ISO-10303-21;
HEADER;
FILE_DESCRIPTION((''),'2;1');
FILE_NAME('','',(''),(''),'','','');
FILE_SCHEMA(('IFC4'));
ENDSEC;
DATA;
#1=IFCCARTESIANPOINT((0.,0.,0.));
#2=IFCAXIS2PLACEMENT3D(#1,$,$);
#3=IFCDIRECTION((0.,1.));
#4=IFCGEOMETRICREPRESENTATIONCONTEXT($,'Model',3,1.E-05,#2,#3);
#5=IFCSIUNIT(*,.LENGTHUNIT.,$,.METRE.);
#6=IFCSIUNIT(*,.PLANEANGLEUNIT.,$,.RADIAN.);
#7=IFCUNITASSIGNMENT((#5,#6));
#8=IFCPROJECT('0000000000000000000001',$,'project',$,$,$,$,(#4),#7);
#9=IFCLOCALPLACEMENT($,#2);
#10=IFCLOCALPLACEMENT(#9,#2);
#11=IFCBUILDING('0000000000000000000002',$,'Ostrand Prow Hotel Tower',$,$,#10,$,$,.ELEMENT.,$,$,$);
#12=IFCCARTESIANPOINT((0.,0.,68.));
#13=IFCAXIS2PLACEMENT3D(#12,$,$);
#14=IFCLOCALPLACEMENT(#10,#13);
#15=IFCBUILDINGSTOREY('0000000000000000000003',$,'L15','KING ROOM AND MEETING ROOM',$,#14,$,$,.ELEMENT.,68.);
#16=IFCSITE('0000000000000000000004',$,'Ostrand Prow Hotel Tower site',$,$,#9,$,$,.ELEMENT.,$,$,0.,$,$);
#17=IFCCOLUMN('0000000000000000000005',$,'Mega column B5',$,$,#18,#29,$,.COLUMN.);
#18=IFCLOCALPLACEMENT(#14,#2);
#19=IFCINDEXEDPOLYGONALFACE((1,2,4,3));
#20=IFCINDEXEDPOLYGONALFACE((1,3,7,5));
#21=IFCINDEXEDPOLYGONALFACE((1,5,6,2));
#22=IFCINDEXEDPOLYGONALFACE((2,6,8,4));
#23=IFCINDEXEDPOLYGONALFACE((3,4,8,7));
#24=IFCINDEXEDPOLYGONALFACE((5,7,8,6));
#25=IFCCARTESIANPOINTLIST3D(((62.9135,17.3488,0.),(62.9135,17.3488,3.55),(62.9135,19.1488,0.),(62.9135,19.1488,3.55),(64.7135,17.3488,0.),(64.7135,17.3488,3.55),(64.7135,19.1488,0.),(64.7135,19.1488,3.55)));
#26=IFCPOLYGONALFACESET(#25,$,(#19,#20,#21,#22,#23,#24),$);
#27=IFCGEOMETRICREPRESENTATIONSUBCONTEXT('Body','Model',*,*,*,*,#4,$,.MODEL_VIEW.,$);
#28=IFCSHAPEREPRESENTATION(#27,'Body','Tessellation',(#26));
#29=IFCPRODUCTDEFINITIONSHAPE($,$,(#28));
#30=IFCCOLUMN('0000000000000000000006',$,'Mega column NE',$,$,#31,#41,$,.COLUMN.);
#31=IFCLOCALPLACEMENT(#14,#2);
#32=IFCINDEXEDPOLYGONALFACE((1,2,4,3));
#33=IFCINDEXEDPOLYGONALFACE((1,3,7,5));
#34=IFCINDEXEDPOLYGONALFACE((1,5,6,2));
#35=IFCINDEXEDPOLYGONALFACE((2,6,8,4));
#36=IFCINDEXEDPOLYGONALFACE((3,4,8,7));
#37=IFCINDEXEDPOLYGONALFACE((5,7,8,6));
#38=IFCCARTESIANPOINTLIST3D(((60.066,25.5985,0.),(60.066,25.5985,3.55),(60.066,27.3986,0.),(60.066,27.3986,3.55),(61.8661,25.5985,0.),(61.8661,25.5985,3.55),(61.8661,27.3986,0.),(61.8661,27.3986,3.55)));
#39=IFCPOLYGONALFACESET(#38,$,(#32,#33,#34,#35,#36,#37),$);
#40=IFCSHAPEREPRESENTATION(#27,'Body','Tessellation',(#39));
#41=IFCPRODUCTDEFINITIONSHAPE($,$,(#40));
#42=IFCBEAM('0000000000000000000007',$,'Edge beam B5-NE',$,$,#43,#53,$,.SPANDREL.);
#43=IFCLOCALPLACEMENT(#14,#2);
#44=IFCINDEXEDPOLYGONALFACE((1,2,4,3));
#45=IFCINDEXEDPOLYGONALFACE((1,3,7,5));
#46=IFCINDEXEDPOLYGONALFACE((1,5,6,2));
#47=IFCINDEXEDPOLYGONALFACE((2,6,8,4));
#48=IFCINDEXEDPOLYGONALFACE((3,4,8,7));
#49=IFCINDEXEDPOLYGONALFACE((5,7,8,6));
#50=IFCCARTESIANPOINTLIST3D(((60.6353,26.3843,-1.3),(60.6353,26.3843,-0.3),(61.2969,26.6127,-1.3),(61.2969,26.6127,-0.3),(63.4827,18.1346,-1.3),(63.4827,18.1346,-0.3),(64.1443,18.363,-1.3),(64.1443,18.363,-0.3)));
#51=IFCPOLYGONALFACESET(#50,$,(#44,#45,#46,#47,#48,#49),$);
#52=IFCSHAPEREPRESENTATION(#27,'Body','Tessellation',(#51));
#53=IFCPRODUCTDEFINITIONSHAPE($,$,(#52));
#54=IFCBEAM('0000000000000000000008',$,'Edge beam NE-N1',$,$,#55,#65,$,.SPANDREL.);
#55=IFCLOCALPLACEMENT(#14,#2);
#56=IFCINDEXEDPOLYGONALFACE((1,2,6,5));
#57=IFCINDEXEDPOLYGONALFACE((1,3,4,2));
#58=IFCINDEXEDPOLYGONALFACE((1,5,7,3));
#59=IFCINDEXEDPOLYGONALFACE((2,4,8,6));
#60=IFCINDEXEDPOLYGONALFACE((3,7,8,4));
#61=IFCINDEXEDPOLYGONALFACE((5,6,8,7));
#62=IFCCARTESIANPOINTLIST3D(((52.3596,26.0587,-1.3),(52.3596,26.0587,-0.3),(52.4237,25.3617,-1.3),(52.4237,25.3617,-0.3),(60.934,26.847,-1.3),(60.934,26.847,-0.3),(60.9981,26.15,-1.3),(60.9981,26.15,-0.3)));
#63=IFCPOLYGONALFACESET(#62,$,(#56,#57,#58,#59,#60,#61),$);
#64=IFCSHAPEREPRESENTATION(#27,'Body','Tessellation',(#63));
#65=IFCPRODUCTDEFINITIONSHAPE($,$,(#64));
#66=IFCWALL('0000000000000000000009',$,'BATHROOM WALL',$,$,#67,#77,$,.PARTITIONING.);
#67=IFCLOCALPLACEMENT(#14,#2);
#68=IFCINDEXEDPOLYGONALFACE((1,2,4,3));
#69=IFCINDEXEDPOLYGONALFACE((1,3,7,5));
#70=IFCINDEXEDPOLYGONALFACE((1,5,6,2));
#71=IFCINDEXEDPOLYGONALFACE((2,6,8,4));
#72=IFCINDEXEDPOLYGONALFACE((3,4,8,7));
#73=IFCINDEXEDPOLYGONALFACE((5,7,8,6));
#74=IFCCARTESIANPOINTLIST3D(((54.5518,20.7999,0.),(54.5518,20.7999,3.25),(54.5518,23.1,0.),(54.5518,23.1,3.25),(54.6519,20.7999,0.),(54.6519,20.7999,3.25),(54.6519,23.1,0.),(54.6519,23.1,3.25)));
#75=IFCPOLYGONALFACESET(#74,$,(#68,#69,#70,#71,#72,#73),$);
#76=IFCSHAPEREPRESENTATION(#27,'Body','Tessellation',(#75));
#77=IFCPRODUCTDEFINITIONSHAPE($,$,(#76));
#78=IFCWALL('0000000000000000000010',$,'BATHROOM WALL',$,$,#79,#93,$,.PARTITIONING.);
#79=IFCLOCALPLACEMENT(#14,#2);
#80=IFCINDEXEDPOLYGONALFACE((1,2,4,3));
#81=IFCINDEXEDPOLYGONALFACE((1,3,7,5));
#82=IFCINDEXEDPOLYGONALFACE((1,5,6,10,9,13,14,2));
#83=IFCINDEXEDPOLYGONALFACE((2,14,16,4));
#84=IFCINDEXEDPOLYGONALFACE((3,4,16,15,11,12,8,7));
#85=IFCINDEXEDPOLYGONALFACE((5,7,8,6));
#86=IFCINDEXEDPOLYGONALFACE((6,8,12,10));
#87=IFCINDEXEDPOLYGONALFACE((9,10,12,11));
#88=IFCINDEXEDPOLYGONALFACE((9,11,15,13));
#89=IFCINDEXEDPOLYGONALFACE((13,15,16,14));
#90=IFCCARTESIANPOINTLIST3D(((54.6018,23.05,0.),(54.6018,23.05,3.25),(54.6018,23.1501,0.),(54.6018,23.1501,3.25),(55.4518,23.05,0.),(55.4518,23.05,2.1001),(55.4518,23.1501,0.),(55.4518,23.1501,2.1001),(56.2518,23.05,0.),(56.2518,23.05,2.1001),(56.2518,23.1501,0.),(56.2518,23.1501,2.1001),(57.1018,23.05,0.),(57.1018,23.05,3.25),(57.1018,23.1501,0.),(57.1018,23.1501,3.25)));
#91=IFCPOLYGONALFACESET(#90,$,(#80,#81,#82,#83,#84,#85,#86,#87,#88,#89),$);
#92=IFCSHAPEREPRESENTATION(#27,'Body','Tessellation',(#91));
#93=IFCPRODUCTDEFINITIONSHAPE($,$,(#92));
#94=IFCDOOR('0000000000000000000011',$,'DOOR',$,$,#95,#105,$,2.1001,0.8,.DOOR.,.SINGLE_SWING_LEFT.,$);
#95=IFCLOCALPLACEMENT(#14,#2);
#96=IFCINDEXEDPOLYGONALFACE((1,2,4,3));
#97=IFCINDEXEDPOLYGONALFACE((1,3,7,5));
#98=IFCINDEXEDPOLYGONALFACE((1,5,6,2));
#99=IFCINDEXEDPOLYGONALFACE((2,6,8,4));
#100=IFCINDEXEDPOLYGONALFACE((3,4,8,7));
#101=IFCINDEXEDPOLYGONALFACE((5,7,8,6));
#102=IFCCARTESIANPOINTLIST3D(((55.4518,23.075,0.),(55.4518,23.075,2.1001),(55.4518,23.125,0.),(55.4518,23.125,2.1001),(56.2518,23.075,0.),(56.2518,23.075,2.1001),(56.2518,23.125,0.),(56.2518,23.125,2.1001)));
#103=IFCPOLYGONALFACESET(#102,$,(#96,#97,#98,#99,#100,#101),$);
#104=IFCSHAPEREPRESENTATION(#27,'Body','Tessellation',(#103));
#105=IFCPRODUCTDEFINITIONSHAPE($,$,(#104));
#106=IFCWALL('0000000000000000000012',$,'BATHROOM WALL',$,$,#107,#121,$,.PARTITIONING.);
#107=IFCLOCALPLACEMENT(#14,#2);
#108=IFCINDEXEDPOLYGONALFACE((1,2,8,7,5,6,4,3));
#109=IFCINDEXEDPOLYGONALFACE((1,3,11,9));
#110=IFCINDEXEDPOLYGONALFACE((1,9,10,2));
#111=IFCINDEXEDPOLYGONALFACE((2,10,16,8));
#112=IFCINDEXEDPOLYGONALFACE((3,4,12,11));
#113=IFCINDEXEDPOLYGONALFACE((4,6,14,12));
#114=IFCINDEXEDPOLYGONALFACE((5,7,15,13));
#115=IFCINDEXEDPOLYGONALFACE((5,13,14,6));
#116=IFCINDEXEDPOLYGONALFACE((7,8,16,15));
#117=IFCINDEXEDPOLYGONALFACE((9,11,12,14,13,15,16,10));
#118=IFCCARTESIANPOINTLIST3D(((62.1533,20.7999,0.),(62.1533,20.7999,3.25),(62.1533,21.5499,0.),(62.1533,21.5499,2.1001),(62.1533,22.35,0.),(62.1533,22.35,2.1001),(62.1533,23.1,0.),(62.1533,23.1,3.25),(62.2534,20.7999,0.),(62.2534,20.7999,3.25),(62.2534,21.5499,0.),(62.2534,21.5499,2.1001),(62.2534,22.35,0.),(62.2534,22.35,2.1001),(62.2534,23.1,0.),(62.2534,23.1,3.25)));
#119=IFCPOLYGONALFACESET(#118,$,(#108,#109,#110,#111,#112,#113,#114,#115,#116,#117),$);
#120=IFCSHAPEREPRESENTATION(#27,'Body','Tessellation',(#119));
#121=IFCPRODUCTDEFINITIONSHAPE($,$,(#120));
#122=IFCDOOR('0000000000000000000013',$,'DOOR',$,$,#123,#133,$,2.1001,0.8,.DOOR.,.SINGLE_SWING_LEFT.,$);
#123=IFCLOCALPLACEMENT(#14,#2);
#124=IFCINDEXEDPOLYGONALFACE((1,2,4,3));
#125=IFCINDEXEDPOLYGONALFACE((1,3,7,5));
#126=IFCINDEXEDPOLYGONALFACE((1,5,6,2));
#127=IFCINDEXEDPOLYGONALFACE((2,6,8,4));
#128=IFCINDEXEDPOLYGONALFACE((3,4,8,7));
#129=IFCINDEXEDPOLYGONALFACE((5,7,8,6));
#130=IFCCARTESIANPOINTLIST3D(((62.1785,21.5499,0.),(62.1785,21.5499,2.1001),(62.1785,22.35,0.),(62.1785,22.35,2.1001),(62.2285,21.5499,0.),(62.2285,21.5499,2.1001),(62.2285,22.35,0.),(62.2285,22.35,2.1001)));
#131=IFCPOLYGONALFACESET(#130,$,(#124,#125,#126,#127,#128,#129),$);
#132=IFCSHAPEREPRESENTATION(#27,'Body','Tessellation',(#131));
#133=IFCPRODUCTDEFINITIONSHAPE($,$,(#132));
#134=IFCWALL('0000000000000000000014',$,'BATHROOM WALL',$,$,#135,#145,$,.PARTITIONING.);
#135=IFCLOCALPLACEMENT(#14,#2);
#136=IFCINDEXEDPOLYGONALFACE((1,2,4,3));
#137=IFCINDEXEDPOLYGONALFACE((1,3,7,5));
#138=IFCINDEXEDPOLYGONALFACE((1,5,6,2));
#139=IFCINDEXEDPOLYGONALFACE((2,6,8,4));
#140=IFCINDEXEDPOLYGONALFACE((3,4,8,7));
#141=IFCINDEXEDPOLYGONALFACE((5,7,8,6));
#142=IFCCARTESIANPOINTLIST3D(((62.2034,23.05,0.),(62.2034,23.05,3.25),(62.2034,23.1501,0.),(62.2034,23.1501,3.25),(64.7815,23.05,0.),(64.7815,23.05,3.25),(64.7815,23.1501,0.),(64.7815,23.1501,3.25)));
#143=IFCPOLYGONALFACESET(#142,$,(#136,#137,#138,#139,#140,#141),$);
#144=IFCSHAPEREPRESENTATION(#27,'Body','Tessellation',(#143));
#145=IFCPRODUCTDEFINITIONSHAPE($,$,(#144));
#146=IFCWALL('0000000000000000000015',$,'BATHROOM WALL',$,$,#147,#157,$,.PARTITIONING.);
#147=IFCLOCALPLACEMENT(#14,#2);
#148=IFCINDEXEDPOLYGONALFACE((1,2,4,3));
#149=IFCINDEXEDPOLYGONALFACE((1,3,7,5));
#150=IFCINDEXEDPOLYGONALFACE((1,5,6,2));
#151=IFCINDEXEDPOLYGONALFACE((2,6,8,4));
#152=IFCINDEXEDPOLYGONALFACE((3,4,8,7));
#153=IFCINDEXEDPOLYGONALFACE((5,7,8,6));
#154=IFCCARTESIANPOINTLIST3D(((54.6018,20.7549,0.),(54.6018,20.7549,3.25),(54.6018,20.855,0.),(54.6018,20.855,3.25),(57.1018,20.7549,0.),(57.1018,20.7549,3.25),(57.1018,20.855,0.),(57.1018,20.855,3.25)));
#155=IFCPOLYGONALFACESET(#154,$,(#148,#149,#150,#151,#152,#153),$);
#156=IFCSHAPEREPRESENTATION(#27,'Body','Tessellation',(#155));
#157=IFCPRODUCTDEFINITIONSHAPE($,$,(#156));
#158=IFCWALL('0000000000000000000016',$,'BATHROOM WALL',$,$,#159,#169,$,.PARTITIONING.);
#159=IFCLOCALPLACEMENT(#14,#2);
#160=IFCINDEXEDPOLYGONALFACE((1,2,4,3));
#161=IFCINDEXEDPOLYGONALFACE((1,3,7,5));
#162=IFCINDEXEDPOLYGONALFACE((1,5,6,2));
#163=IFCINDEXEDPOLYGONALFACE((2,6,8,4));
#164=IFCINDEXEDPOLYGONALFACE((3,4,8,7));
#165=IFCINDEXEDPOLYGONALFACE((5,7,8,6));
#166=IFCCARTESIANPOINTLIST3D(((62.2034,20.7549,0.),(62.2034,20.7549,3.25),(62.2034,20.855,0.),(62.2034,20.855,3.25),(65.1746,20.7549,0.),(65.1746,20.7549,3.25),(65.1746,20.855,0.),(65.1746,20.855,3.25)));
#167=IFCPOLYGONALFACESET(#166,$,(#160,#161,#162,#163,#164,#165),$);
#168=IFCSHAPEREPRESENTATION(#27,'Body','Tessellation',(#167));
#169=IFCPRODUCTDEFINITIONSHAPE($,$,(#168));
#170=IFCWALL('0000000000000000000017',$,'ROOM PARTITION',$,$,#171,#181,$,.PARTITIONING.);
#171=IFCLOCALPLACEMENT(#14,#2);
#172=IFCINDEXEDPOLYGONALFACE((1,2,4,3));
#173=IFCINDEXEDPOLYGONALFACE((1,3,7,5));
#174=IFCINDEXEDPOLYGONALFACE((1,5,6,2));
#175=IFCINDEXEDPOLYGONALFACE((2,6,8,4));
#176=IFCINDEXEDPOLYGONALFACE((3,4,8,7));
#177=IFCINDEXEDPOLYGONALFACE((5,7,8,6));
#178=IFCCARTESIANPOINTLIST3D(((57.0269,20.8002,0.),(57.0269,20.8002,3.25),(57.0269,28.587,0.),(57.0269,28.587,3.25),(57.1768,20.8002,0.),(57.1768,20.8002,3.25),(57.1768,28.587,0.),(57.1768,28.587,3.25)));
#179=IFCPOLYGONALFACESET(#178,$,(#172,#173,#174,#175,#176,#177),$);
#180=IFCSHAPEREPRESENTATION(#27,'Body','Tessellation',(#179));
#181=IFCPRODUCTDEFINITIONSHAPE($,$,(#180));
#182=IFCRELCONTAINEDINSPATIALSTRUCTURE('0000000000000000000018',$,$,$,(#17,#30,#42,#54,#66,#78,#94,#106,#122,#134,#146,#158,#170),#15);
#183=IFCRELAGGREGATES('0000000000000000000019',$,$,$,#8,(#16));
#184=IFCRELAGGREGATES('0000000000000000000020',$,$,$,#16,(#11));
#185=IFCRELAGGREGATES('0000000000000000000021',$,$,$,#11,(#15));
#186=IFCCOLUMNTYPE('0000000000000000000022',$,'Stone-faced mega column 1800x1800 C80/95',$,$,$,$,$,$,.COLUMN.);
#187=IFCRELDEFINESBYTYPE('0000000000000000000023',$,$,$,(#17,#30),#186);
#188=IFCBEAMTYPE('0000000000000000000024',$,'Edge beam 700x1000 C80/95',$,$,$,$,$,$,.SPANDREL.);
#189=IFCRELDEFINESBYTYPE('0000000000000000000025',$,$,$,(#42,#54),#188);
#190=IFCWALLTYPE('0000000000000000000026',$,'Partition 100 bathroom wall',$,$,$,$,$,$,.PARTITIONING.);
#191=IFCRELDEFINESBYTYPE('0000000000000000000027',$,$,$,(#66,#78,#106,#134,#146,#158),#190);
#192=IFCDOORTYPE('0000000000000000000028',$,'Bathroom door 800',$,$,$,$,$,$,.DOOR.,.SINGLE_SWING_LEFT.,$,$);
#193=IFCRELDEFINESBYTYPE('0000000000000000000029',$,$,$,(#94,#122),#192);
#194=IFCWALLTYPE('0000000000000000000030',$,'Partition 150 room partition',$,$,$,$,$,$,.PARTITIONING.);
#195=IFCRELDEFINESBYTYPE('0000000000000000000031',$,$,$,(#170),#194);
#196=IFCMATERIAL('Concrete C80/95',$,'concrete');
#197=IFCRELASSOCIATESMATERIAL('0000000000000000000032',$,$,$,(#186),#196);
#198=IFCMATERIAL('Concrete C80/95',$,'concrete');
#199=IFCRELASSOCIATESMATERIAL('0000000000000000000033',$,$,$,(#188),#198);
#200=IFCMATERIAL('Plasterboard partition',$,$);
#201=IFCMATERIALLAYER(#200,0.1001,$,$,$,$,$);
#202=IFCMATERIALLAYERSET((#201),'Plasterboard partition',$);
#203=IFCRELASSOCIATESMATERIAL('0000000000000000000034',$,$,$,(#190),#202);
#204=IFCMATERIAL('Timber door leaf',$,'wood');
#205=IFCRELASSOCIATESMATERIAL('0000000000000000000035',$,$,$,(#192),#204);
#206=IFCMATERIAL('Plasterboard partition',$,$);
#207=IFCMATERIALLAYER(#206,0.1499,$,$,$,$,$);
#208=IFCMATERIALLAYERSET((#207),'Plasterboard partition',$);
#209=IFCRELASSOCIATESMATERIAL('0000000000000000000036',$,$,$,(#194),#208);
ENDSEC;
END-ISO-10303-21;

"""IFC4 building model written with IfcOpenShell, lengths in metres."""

from ifc_helpers import new_model, si_unit, direction, frame, frame_2d, origin, origin_2d, place, context, subcontext, project, spatial, rectangle, extrude, material, layer, layer_set, material_profile, profile_set, type_object, element, fill, save


model = new_model("IFC4")

# Units and contexts
model_context = context("Model", 3, precision=1e-05, world=origin(), true_north=direction((0.0, 1.0)))
body_context = subcontext(model_context, "Body", "Model", "MODEL_VIEW")
ifc_project = project(units=[si_unit("LENGTHUNIT", "METRE"), si_unit("PLANEANGLEUNIT", "RADIAN")], contexts=[model_context])

# Site, building, storey
site_placement = place(None, origin())
site = spatial("IfcSite", under=ifc_project, at=site_placement, Name="Ostrand Prow Hotel Tower site", CompositionType="ELEMENT", RefElevation=0.0)
building_placement = place(site_placement, origin())
building = spatial("IfcBuilding", under=site, at=building_placement, Name="Ostrand Prow Hotel Tower", CompositionType="ELEMENT")
storey_placement = place(building_placement, frame((0.0, 0.0, 68.0)))
storey = spatial("IfcBuildingStorey", under=building, at=storey_placement, Name="L15", Description="KING ROOM AND MEETING ROOM", CompositionType="ELEMENT", Elevation=68.0)

# Columns
ifc_material_1 = material(Name="Concrete C80/95", Category="concrete")
ifc_material_profile_1 = material_profile(ifc_material_1, rectangle(XDim=1.8, YDim=1.8, at=origin_2d()), Name="RC 1800x1800")
ifc_profile_set_1 = profile_set([ifc_material_profile_1], Name="Concrete C80/95")
column_type = type_object("IfcColumnType", Name="Stone-faced mega column 1800x1800 C80/95", PredefinedType="COLUMN", material=ifc_profile_set_1)
for number, where, z_axis, x_axis, name in (
    (1, (63.8135, 18.2488, 0.0), (0.0, 0.0, 1.0), (1.0, 0.0, 0.0), "Mega column B5"),
    (2, (60.9661, 26.4985, 0.0), (0.0, 0.0, 1.0), (1.0, 0.0, 0.0), "Mega column NE"),
):
    element("IfcColumn", number, at=place(storey_placement, frame(where, z_axis=z_axis, x_axis=x_axis)), inside=storey, type_object=column_type, Name=name, PredefinedType="COLUMN", context=body_context, shape_type="SweptSolid", body=[
        extrude(rectangle(XDim=1.8, YDim=1.8, at=origin_2d()), origin(), (0.0, 0.0, 1.0), 3.55),
    ])

# Beams
ifc_material_2 = material(Name="Concrete C80/95", Category="concrete")
ifc_material_profile_2 = material_profile(ifc_material_2, rectangle(XDim=0.7, YDim=1.0, at=origin_2d()), Name="RC 700x1000")
ifc_profile_set_2 = profile_set([ifc_material_profile_2], Name="Concrete C80/95")
beam_type = type_object("IfcBeamType", Name="Edge beam 700x1000 C80/95", PredefinedType="SPANDREL", material=ifc_profile_set_2)
beam_1_placement = place(storey_placement, frame((63.8135, 18.2488, -0.8), z_axis=(-0.326264, 0.945279, 0.0), x_axis=(-0.945279, -0.326264, 0.0)))
element("IfcBeam", 3, at=beam_1_placement, inside=storey, type_object=beam_type, Name="Edge beam B5-NE", PredefinedType="SPANDREL", context=body_context, shape_type="SweptSolid", body=[
    extrude(rectangle(XDim=0.7, YDim=1.0, at=origin_2d()), origin(), (0.0, 0.0, 1.0), 8.7273),
])
beam_2_placement = place(storey_placement, frame((60.9661, 26.4985, -0.8), z_axis=(-0.9958, -0.091553, 0.0), x_axis=(0.091553, -0.9958, 0.0)))
element("IfcBeam", 4, at=beam_2_placement, inside=storey, type_object=beam_type, Name="Edge beam NE-N1", PredefinedType="SPANDREL", context=body_context, shape_type="SweptSolid", body=[
    extrude(rectangle(XDim=0.7, YDim=1.0, at=origin_2d()), origin(), (0.0, 0.0, 1.0), 8.6106),
])

# Wall
ifc_material_3 = material(Name="Plasterboard partition")
ifc_layer_1 = layer(ifc_material_3, 0.1001)
ifc_layer_set_1 = layer_set([ifc_layer_1], Name="Plasterboard partition")
wall_type_1 = type_object("IfcWallType", Name="Partition 100 bathroom wall", PredefinedType="PARTITIONING", material=ifc_layer_set_1)
wall_1_placement = place(storey_placement, frame((54.6018, 20.8, 0.0), z_axis=(0.0, 0.0, 1.0), x_axis=(0.0, 1.0, 0.0)))
element("IfcWall", 5, at=wall_1_placement, inside=storey, type_object=wall_type_1, Name="BATHROOM WALL", PredefinedType="PARTITIONING", context=body_context, shape_type="SweptSolid", body=[
    extrude(rectangle(XDim=2.3, YDim=0.1001, at=frame_2d((1.1499, 0.0))), origin(), (0.0, 0.0, 1.0), 3.25),
])

# Walls, openings, doors
wall_2_placement = place(storey_placement, frame((54.6018, 23.1001, 0.0), z_axis=(0.0, 0.0, 1.0), x_axis=(1.0, 0.0, 0.0)))
wall_2 = element("IfcWall", 6, at=wall_2_placement, inside=storey, type_object=wall_type_1, Name="BATHROOM WALL", PredefinedType="PARTITIONING", context=body_context, shape_type="SweptSolid", body=[
    extrude(rectangle(XDim=2.5, YDim=0.1001, at=frame_2d((1.25, 0.0))), origin(), (0.0, 0.0, 1.0), 3.25),
])
opening_1_placement = place(wall_2_placement, frame((0.8501, 0.0, 0.0)))
opening_1 = element("IfcOpeningElement", 7, at=opening_1_placement, cuts=wall_2, PredefinedType="OPENING", context=body_context, shape_type="SweptSolid", body=[
    extrude(rectangle(XDim=0.8, YDim=2.1001, at=frame_2d((0.3999, 1.05))), frame((0.0, 0.0601, 0.0), z_axis=(0.0, -1.0, 0.0), x_axis=(1.0, 0.0, 0.0)), (0.0, 0.0, 1.0), 0.1201),
])
ifc_material_4 = material(Name="Timber door leaf", Category="wood")
door_type_1 = type_object("IfcDoorType", Name="Bathroom door 800", OperationType="SINGLE_SWING_LEFT", PredefinedType="DOOR", material=ifc_material_4)
door_1_placement = place(opening_1_placement, origin())
door_1 = element("IfcDoor", 8, at=door_1_placement, inside=storey, type_object=door_type_1, Name="DOOR", OperationType="SINGLE_SWING_LEFT", OverallHeight=2.1001, OverallWidth=0.8, PredefinedType="DOOR", context=body_context, shape_type="SweptSolid", body=[
    extrude(rectangle(XDim=0.8, YDim=2.1001, at=frame_2d((0.3999, 1.05))), frame((0.0, 0.0249, 0.0), z_axis=(0.0, -1.0, 0.0), x_axis=(1.0, 0.0, 0.0)), (0.0, 0.0, 1.0), 0.05),
])
fill(opening_1, door_1)
wall_3_placement = place(storey_placement, frame((62.2034, 20.8, 0.0), z_axis=(0.0, 0.0, 1.0), x_axis=(0.0, 1.0, 0.0)))
wall_3 = element("IfcWall", 9, at=wall_3_placement, inside=storey, type_object=wall_type_1, Name="BATHROOM WALL", PredefinedType="PARTITIONING", context=body_context, shape_type="SweptSolid", body=[
    extrude(rectangle(XDim=2.3, YDim=0.1001, at=frame_2d((1.1499, 0.0))), origin(), (0.0, 0.0, 1.0), 3.25),
])
opening_2_placement = place(wall_3_placement, frame((0.75, 0.0, 0.0)))
opening_2 = element("IfcOpeningElement", 10, at=opening_2_placement, cuts=wall_3, PredefinedType="OPENING", context=body_context, shape_type="SweptSolid", body=[
    extrude(rectangle(XDim=0.8, YDim=2.1001, at=frame_2d((0.3999, 1.05))), frame((0.0, 0.0601, 0.0), z_axis=(0.0, -1.0, 0.0), x_axis=(1.0, 0.0, 0.0)), (0.0, 0.0, 1.0), 0.1201),
])
door_2_placement = place(opening_2_placement, origin())
door_2 = element("IfcDoor", 11, at=door_2_placement, inside=storey, type_object=door_type_1, Name="DOOR", OperationType="SINGLE_SWING_LEFT", OverallHeight=2.1001, OverallWidth=0.8, PredefinedType="DOOR", context=body_context, shape_type="SweptSolid", body=[
    extrude(rectangle(XDim=0.8, YDim=2.1001, at=frame_2d((0.3999, 1.05))), frame((0.0, 0.0249, 0.0), z_axis=(0.0, -1.0, 0.0), x_axis=(1.0, 0.0, 0.0)), (0.0, 0.0, 1.0), 0.05),
])
fill(opening_2, door_2)

# Walls
wall_4_placement = place(storey_placement, frame((62.2034, 23.1001, 0.0), z_axis=(0.0, 0.0, 1.0), x_axis=(1.0, 0.0, 0.0)))
element("IfcWall", 12, at=wall_4_placement, inside=storey, type_object=wall_type_1, Name="BATHROOM WALL", PredefinedType="PARTITIONING", context=body_context, shape_type="SweptSolid", body=[
    extrude(rectangle(XDim=2.5781, YDim=0.1001, at=frame_2d((1.2891, 0.0))), origin(), (0.0, 0.0, 1.0), 3.25),
])
wall_5_placement = place(storey_placement, frame((57.1018, 20.8049, 0.0), z_axis=(0.0, 0.0, 1.0), x_axis=(-1.0, 0.0, 0.0)))
element("IfcWall", 13, at=wall_5_placement, inside=storey, type_object=wall_type_1, Name="BATHROOM WALL", PredefinedType="PARTITIONING", context=body_context, shape_type="SweptSolid", body=[
    extrude(rectangle(XDim=2.5, YDim=0.1001, at=frame_2d((1.25, 0.0))), origin(), (0.0, 0.0, 1.0), 3.25),
])
wall_6_placement = place(storey_placement, frame((65.1746, 20.8049, 0.0), z_axis=(0.0, 0.0, 1.0), x_axis=(-1.0, 0.0, 0.0)))
element("IfcWall", 14, at=wall_6_placement, inside=storey, type_object=wall_type_1, Name="BATHROOM WALL", PredefinedType="PARTITIONING", context=body_context, shape_type="SweptSolid", body=[
    extrude(rectangle(XDim=2.9712, YDim=0.1001, at=frame_2d((1.4856, 0.0))), origin(), (0.0, 0.0, 1.0), 3.25),
])
ifc_material_5 = material(Name="Plasterboard partition")
ifc_layer_2 = layer(ifc_material_5, 0.1499)
ifc_layer_set_2 = layer_set([ifc_layer_2], Name="Plasterboard partition")
wall_type_2 = type_object("IfcWallType", Name="Partition 150 room partition", PredefinedType="PARTITIONING", material=ifc_layer_set_2)
wall_7_placement = place(storey_placement, frame((57.1018, 20.8, 0.0), z_axis=(0.0, 0.0, 1.0), x_axis=(0.0, 1.0, 0.0)))
element("IfcWall", 15, at=wall_7_placement, inside=storey, type_object=wall_type_2, Name="ROOM PARTITION", PredefinedType="PARTITIONING", context=body_context, shape_type="SweptSolid", body=[
    extrude(rectangle(XDim=7.7869, YDim=0.1499, at=frame_2d((3.8936, 0.0))), origin(), (0.0, 0.0, 1.0), 3.25),
])

save(model, "model.ifc")
